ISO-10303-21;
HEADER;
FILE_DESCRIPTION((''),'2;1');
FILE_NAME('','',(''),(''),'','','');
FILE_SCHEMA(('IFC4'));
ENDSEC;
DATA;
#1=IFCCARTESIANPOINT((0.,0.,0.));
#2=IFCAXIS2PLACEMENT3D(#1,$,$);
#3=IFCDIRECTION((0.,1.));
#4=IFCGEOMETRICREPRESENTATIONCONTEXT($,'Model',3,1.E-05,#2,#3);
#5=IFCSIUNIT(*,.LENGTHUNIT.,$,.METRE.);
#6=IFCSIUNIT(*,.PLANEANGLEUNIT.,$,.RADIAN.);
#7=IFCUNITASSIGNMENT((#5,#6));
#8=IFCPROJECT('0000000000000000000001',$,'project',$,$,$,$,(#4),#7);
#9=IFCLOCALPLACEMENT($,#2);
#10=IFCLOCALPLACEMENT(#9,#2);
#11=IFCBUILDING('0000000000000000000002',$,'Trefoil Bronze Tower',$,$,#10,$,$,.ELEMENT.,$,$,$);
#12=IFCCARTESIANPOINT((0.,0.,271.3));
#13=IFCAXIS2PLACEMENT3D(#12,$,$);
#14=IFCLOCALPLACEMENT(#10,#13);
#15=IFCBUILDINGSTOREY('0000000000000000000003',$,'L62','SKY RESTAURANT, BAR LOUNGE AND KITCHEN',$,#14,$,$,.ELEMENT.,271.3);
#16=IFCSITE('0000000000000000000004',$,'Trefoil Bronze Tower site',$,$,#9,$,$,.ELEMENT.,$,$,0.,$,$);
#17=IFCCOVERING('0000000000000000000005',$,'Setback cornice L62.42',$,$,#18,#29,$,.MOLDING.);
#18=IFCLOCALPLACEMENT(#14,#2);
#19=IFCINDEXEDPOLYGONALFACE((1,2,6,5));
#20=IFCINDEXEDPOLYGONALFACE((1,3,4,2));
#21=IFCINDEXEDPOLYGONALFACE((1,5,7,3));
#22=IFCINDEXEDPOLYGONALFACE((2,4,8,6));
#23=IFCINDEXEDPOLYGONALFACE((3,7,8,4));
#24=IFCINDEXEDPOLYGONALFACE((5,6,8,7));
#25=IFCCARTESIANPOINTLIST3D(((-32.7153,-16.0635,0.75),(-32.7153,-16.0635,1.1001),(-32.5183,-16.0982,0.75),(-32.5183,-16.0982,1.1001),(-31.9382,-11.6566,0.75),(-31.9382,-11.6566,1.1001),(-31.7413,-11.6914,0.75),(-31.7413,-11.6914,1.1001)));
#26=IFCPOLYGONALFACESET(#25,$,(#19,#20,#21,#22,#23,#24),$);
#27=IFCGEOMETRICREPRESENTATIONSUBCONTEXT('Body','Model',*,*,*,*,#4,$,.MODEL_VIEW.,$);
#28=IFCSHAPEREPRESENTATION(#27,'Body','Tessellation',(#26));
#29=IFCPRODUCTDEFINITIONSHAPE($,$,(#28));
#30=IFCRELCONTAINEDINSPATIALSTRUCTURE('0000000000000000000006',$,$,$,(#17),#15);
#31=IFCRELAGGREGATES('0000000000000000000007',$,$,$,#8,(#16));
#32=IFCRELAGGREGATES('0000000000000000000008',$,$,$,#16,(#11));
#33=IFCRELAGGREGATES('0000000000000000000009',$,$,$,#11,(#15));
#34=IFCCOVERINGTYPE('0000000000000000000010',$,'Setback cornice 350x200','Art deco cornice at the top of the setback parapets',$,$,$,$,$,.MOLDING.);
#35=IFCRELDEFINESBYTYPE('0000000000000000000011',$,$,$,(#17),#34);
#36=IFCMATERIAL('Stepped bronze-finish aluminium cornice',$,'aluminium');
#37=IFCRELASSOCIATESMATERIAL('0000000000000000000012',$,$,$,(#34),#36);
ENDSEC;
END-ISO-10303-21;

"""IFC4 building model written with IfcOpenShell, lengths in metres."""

from ifc_helpers import new_model, si_unit, direction, frame, origin, origin_2d, place, context, subcontext, project, spatial, rectangle, extrude, material, type_object, element, save


model = new_model("IFC4")

# Units and contexts
model_context = context("Model", 3, precision=1e-05, world=origin(), true_north=direction((0.0, 1.0)))
body_context = subcontext(model_context, "Body", "Model", "MODEL_VIEW")
ifc_project = project(units=[si_unit("LENGTHUNIT", "METRE"), si_unit("PLANEANGLEUNIT", "RADIAN")], contexts=[model_context])

# Site, building, storey
site_placement = place(None, origin())
site = spatial("IfcSite", under=ifc_project, at=site_placement, Name="Trefoil Bronze Tower site", CompositionType="ELEMENT", RefElevation=0.0)
building_placement = place(site_placement, origin())
building = spatial("IfcBuilding", under=site, at=building_placement, Name="Trefoil Bronze Tower", CompositionType="ELEMENT")
storey_placement = place(building_placement, frame((0.0, 0.0, 271.3)))
storey = spatial("IfcBuildingStorey", under=building, at=storey_placement, Name="L62", Description="SKY RESTAURANT, BAR LOUNGE AND KITCHEN", CompositionType="ELEMENT", Elevation=271.3)

# Covering
ifc_material_1 = material(Name="Stepped bronze-finish aluminium cornice", Category="aluminium")
covering_type = type_object("IfcCoveringType", Name="Setback cornice 350x200", Description="Art deco cornice at the top of the setback parapets", PredefinedType="MOLDING", material=ifc_material_1)
covering_1_placement = place(storey_placement, frame((-32.2283, -13.8774, 0.75), z_axis=(0.0, 0.0, 1.0), x_axis=(-0.173648, -0.984808, 0.0)))
element("IfcCovering", 1, at=covering_1_placement, inside=storey, type_object=covering_type, Name="Setback cornice L62.42", PredefinedType="MOLDING", context=body_context, shape_type="SweptSolid", body=[
    extrude(rectangle(XDim=4.4749, YDim=0.2, at=origin_2d()), origin(), (0.0, 0.0, 1.0), 0.3501),
])

save(model, "model.ifc")
